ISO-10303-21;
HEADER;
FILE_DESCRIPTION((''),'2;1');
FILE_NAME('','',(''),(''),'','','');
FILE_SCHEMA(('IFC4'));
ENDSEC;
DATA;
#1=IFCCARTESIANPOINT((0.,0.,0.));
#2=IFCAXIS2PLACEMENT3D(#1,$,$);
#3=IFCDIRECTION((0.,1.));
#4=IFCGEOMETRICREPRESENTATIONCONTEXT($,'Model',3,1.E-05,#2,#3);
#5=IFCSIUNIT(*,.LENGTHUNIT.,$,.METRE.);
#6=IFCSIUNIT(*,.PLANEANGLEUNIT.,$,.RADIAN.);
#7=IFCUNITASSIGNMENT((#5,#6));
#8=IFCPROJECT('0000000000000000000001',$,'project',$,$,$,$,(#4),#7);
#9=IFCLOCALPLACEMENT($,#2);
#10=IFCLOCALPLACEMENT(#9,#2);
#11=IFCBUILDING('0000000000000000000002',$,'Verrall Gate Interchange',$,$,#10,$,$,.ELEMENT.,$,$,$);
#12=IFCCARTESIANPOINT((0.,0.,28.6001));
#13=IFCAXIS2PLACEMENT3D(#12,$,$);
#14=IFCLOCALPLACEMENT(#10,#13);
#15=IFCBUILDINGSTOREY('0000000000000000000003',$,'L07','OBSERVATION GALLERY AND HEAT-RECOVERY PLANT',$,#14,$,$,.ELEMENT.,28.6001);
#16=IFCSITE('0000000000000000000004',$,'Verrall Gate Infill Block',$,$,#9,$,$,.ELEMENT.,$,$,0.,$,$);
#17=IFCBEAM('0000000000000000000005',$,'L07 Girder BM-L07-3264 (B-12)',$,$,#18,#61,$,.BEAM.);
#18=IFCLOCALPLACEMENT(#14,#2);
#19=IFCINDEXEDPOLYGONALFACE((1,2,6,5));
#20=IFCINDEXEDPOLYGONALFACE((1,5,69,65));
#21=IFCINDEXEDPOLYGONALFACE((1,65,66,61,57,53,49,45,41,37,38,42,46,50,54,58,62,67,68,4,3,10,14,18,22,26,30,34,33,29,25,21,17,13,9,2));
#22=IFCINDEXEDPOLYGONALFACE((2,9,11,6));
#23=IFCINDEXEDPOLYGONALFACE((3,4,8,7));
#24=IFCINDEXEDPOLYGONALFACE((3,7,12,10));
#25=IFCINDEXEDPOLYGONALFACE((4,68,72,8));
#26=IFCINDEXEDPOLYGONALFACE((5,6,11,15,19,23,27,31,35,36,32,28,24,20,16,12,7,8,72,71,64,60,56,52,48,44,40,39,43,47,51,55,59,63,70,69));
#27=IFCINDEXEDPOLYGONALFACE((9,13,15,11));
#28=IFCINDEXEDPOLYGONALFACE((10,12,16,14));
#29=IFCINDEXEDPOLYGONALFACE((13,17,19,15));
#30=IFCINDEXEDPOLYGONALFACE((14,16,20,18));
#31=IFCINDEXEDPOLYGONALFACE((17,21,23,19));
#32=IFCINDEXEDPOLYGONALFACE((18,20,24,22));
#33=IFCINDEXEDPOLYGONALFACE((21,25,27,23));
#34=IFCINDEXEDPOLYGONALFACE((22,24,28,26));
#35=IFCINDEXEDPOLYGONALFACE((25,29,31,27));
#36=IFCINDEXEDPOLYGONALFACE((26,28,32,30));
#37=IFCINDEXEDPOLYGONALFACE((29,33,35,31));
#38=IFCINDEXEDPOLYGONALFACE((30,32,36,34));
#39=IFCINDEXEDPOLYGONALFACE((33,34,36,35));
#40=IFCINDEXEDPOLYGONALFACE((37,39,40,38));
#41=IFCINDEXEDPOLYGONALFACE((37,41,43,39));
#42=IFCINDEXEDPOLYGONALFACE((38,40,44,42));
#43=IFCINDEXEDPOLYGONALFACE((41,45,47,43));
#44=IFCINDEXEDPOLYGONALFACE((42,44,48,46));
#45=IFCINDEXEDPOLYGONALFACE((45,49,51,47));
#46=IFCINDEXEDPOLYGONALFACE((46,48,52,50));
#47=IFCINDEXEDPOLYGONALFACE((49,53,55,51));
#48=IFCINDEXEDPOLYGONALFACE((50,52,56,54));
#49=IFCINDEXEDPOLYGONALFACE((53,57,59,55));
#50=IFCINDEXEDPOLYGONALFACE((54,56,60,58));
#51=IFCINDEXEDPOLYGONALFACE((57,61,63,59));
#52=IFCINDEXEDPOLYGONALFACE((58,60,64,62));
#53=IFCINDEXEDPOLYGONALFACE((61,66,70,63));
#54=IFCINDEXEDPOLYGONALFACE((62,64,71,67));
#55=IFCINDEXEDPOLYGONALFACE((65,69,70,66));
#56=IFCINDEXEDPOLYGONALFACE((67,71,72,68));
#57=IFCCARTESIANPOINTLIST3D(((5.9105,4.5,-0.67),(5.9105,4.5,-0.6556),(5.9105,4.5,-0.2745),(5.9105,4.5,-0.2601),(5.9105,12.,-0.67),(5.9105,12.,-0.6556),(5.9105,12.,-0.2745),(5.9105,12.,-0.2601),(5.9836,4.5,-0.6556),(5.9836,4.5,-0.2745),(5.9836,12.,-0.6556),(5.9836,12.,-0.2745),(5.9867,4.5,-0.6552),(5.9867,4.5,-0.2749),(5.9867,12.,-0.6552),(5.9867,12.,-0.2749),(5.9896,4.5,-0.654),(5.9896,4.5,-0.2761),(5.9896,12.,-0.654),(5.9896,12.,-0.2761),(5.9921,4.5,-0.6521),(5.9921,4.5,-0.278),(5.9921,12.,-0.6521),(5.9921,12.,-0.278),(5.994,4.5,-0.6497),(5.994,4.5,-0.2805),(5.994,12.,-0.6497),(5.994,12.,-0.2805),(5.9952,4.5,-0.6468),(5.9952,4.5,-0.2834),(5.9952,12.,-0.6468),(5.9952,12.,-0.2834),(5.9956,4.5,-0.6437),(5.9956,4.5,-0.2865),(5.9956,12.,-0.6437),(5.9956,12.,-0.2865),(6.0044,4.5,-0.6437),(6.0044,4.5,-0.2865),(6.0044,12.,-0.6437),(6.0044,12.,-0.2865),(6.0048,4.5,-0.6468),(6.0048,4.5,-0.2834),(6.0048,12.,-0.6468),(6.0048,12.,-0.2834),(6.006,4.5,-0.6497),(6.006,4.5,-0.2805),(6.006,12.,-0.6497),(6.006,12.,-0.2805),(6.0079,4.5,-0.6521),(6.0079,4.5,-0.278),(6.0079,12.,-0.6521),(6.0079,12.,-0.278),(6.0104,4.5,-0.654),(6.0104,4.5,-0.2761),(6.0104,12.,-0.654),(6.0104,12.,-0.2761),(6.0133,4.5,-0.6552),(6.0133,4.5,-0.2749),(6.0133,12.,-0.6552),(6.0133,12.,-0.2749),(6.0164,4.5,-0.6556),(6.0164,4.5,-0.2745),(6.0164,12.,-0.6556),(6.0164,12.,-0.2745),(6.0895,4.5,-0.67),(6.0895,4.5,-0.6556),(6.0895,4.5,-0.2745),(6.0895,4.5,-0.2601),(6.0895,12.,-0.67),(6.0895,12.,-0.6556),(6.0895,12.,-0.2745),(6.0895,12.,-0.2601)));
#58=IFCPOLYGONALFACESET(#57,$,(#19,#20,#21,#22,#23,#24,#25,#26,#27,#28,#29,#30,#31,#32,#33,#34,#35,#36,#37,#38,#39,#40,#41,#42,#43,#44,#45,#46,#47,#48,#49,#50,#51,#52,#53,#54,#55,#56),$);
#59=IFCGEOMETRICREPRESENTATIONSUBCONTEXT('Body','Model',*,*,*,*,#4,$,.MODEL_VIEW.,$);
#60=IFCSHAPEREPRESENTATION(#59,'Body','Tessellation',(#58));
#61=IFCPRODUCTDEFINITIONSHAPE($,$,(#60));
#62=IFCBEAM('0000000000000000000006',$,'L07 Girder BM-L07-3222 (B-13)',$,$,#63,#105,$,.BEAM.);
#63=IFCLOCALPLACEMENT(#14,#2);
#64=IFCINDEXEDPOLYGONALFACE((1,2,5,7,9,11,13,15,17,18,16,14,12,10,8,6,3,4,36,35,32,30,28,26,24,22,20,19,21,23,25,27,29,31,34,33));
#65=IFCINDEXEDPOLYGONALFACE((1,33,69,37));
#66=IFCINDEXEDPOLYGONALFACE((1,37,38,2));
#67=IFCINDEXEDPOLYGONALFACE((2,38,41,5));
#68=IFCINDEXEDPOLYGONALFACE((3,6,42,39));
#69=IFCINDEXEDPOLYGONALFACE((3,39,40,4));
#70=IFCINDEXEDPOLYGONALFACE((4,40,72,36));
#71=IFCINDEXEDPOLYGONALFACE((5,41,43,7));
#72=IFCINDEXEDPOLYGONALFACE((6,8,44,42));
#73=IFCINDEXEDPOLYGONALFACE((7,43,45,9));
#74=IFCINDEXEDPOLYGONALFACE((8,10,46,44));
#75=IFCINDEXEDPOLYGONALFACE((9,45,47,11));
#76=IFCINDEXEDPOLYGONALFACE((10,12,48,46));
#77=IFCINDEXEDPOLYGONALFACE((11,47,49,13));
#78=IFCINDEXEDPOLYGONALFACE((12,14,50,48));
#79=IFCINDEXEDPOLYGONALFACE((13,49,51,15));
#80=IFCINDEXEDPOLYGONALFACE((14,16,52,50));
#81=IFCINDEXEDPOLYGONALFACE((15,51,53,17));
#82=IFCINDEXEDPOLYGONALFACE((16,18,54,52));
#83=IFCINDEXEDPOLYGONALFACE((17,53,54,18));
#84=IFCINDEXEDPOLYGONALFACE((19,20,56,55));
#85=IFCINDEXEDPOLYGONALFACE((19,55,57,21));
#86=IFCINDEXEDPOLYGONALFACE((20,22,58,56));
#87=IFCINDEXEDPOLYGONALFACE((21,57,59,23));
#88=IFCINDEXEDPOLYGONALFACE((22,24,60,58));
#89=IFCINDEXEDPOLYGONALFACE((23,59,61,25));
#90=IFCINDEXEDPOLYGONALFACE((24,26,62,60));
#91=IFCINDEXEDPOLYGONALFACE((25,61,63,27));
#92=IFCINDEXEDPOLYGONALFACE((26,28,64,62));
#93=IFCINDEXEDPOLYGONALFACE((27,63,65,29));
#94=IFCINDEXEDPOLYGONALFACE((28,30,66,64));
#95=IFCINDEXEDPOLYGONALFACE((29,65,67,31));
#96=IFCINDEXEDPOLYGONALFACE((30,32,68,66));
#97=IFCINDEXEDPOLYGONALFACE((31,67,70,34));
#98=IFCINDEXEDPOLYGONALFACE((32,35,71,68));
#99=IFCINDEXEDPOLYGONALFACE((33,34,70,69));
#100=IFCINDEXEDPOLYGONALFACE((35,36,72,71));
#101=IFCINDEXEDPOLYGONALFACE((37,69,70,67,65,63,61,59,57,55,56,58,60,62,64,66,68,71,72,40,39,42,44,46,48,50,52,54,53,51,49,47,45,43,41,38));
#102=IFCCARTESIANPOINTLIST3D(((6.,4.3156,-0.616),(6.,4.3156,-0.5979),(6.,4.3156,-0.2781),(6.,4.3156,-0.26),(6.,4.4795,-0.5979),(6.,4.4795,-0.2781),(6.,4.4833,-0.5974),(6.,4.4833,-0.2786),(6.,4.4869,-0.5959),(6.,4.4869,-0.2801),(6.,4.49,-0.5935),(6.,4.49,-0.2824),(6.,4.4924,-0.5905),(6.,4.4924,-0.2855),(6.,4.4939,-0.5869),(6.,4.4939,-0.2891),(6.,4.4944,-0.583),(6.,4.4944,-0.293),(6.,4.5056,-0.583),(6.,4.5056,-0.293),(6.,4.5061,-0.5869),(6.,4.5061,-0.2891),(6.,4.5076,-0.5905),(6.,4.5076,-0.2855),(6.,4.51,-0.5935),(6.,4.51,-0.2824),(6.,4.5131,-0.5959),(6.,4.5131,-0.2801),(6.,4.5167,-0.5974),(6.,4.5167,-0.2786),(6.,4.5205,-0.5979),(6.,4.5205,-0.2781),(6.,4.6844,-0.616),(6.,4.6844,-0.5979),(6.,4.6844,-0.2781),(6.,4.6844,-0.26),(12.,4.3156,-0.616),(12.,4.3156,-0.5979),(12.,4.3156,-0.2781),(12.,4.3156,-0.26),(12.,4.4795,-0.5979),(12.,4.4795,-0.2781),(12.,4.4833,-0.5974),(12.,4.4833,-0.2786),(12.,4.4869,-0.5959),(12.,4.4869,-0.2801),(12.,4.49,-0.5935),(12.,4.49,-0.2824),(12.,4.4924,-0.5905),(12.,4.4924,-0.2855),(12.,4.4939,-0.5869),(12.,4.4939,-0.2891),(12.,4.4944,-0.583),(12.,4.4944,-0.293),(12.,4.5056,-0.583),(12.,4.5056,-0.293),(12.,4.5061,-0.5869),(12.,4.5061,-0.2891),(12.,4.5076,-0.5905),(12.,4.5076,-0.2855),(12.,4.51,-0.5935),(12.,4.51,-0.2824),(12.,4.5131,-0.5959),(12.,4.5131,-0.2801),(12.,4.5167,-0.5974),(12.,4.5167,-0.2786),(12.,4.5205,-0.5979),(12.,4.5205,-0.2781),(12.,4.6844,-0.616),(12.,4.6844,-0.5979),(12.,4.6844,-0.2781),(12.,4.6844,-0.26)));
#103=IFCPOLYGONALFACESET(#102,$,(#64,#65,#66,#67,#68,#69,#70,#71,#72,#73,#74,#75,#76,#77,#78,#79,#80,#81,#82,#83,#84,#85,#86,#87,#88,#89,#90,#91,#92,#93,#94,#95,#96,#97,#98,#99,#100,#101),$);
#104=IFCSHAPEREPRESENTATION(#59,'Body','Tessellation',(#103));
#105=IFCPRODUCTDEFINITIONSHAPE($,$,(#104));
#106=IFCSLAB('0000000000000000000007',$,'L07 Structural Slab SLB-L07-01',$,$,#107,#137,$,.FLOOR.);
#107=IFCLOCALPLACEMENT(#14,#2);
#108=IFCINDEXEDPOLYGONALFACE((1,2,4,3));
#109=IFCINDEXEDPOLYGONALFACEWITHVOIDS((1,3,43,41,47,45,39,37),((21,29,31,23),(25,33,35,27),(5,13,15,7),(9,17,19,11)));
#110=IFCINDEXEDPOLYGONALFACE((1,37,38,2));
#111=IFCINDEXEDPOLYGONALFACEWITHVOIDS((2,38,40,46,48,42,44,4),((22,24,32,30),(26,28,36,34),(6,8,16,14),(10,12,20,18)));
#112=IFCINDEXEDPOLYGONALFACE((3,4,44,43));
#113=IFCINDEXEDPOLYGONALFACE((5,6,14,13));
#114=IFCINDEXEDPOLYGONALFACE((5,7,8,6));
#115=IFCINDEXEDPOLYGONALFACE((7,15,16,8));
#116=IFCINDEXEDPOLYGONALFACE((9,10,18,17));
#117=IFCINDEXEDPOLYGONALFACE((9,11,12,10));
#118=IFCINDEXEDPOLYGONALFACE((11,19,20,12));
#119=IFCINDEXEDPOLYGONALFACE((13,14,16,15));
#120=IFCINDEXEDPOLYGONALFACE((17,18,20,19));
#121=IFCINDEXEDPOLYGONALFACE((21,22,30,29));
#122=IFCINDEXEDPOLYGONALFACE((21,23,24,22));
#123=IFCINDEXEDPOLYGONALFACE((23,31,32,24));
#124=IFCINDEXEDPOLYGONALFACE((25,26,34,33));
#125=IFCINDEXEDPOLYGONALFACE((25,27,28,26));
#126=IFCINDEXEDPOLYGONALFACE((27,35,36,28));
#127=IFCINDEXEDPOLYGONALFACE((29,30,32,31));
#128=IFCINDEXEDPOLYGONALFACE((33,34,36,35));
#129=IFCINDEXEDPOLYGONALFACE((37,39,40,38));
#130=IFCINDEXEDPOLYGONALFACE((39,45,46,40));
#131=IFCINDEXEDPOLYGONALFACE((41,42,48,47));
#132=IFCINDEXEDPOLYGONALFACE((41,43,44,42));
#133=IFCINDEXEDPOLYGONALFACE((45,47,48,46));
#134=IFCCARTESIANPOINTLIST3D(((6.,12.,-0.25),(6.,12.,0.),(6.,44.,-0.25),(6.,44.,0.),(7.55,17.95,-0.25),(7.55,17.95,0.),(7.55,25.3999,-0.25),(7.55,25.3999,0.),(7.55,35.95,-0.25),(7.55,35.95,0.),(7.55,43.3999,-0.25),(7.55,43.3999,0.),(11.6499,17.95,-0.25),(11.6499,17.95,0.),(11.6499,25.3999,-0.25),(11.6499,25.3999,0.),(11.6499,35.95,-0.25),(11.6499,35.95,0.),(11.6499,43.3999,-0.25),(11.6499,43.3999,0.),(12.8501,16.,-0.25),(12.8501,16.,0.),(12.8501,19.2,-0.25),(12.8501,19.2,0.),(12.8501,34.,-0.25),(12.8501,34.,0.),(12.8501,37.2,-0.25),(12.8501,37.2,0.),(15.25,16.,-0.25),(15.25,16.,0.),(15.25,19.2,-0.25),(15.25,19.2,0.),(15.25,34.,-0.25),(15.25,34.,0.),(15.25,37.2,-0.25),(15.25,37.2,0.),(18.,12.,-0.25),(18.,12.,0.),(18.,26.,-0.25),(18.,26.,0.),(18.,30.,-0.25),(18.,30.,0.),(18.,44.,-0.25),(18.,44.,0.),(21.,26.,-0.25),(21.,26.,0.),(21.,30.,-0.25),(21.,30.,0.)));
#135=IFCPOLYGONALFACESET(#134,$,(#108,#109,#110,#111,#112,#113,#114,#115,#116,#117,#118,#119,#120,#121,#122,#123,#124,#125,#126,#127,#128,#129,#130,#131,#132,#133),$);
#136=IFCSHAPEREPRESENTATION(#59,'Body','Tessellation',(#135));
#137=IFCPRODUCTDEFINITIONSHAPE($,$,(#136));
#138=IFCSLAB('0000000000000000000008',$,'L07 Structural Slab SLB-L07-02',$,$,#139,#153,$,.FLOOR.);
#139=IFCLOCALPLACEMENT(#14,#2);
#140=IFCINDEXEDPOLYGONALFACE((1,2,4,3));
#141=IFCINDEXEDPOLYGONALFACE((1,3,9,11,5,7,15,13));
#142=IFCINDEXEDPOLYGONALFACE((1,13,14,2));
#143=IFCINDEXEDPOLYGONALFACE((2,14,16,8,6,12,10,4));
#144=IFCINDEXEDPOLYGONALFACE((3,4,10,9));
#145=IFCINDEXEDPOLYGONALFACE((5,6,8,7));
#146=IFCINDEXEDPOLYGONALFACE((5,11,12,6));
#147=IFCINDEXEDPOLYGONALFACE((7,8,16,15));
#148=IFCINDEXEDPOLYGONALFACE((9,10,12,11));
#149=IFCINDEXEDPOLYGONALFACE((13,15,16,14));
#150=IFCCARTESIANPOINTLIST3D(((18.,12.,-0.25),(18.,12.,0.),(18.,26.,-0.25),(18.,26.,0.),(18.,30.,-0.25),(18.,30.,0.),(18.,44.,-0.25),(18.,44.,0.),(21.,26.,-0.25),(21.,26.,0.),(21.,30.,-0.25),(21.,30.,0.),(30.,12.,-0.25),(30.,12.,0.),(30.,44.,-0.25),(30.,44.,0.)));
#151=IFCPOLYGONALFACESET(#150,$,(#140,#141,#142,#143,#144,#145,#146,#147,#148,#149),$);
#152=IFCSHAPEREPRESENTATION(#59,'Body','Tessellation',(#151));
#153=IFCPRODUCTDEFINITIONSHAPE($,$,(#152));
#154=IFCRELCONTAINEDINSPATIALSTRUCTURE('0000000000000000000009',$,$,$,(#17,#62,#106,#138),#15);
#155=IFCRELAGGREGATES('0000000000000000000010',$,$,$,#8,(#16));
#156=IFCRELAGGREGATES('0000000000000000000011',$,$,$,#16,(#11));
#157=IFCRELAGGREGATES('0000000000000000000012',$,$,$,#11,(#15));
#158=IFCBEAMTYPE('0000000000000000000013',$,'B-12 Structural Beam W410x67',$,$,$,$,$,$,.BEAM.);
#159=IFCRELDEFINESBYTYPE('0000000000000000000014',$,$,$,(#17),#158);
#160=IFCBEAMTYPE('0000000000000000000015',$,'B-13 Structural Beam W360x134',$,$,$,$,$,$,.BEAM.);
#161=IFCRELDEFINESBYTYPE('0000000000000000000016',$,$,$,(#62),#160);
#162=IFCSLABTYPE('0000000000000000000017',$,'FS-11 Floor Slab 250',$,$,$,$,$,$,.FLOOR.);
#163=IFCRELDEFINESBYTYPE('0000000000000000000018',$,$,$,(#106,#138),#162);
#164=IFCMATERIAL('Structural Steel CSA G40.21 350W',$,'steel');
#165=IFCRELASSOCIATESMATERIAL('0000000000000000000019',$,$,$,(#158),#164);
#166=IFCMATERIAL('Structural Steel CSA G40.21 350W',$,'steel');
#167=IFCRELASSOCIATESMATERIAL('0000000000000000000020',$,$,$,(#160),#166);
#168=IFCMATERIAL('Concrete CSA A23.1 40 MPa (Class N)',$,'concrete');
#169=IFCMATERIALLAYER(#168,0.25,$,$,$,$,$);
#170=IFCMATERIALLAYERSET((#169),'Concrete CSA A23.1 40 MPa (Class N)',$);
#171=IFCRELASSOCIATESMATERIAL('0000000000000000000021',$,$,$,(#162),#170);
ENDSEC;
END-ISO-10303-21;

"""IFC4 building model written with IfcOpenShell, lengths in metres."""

from ifc_helpers import new_model, si_unit, direction, frame, origin, origin_2d, place, context, subcontext, project, spatial, polyline, i_section, outline, extrude, material, layer, layer_set, material_profile, profile_set, type_object, element, save


model = new_model("IFC4")

# Units and contexts
model_context = context("Model", 3, precision=1e-05, world=origin(), true_north=direction((0.0, 1.0)))
body_context = subcontext(model_context, "Body", "Model", "MODEL_VIEW")
ifc_project = project(units=[si_unit("LENGTHUNIT", "METRE"), si_unit("PLANEANGLEUNIT", "RADIAN")], contexts=[model_context])

# Site, building, storey
site_placement = place(None, origin())
site = spatial("IfcSite", under=ifc_project, at=site_placement, Name="Verrall Gate Infill Block", CompositionType="ELEMENT", RefElevation=0.0)
building_placement = place(site_placement, origin())
building = spatial("IfcBuilding", under=site, at=building_placement, Name="Verrall Gate Interchange", CompositionType="ELEMENT")
storey_placement = place(building_placement, frame((0.0, 0.0, 28.6001)))
storey = spatial("IfcBuildingStorey", under=building, at=storey_placement, Name="L07", Description="OBSERVATION GALLERY AND HEAT-RECOVERY PLANT", CompositionType="ELEMENT", Elevation=28.6001)

# Beams
ifc_material_1 = material(Name="Structural Steel CSA G40.21 350W", Category="steel")
ifc_material_profile_1 = material_profile(ifc_material_1, i_section(OverallWidth=0.179, OverallDepth=0.4099, WebThickness=0.0088, FlangeThickness=0.0144, FilletRadius=0.012, at=origin_2d()), Name="W410x67")
ifc_profile_set_1 = profile_set([ifc_material_profile_1], Name="Structural Steel CSA G40.21 350W")
beam_type_1 = type_object("IfcBeamType", Name="B-12 Structural Beam W410x67", PredefinedType="BEAM", material=ifc_profile_set_1)
beam_1_placement = place(storey_placement, frame((6.0, 4.5, -0.4651), z_axis=(0.0, 1.0, 0.0), x_axis=(-1.0, 0.0, 0.0)))
element("IfcBeam", 1, at=beam_1_placement, inside=storey, type_object=beam_type_1, Name="L07 Girder BM-L07-3264 (B-12)", PredefinedType="BEAM", context=body_context, shape_type="SweptSolid", body=[
    extrude(i_section(OverallWidth=0.179, OverallDepth=0.4099, WebThickness=0.0088, FlangeThickness=0.0144, FilletRadius=0.012, at=origin_2d()), origin(), (0.0, 0.0, 1.0), 7.5),
])
ifc_material_2 = material(Name="Structural Steel CSA G40.21 350W", Category="steel")
ifc_material_profile_2 = material_profile(ifc_material_2, i_section(OverallWidth=0.3689, OverallDepth=0.356, WebThickness=0.0112, FlangeThickness=0.0181, FilletRadius=0.0149, at=origin_2d()), Name="W360x134")
ifc_profile_set_2 = profile_set([ifc_material_profile_2], Name="Structural Steel CSA G40.21 350W")
beam_type_2 = type_object("IfcBeamType", Name="B-13 Structural Beam W360x134", PredefinedType="BEAM", material=ifc_profile_set_2)
beam_2_placement = place(storey_placement, frame((6.0, 4.5, -0.438), z_axis=(1.0, 0.0, 0.0), x_axis=(0.0, 1.0, 0.0)))
element("IfcBeam", 2, at=beam_2_placement, inside=storey, type_object=beam_type_2, Name="L07 Girder BM-L07-3222 (B-13)", PredefinedType="BEAM", context=body_context, shape_type="SweptSolid", body=[
    extrude(i_section(OverallWidth=0.3689, OverallDepth=0.356, WebThickness=0.0112, FlangeThickness=0.0181, FilletRadius=0.0149, at=origin_2d()), origin(), (0.0, 0.0, 1.0), 6.0),
])

# Slabs
ifc_material_3 = material(Name="Concrete CSA A23.1 40 MPa (Class N)", Category="concrete")
ifc_layer_1 = layer(ifc_material_3, 0.25)
ifc_layer_set_1 = layer_set([ifc_layer_1], Name="Concrete CSA A23.1 40 MPa (Class N)")
slab_type_1 = type_object("IfcSlabType", Name="FS-11 Floor Slab 250", PredefinedType="FLOOR", material=ifc_layer_set_1)
slab_1_placement = place(storey_placement, frame((0.0, 0.0, -0.25)))
element("IfcSlab", 3, at=slab_1_placement, inside=storey, type_object=slab_type_1, Name="L07 Structural Slab SLB-L07-01", PredefinedType="FLOOR", context=body_context, shape_type="SweptSolid", body=[
    extrude(outline(polyline([(6.0, 12.0), (6.0, 44.0), (18.0, 44.0), (18.0, 30.0), (21.0, 30.0), (21.0, 26.0), (18.0, 26.0), (18.0, 12.0), (6.0, 12.0)]), holes=[polyline([(12.8501, 16.0), (15.25, 16.0), (15.25, 19.2), (12.8501, 19.2), (12.8501, 16.0)]), polyline([(12.8501, 34.0), (15.25, 34.0), (15.25, 37.2), (12.8501, 37.2), (12.8501, 34.0)]), polyline([(7.55, 17.95), (11.6499, 17.95), (11.6499, 25.3999), (7.55, 25.3999), (7.55, 17.95)]), polyline([(7.55, 35.95), (11.6499, 35.95), (11.6499, 43.3999), (7.55, 43.3999), (7.55, 35.95)])]), origin(), (0.0, 0.0, 1.0), 0.25),
])
slab_2_placement = place(storey_placement, frame((0.0, 0.0, -0.25)))
element("IfcSlab", 4, at=slab_2_placement, inside=storey, type_object=slab_type_1, Name="L07 Structural Slab SLB-L07-02", PredefinedType="FLOOR", context=body_context, shape_type="SweptSolid", body=[
    extrude(outline(polyline([(30.0, 12.0), (18.0, 12.0), (18.0, 26.0), (21.0, 26.0), (21.0, 30.0), (18.0, 30.0), (18.0, 44.0), (30.0, 44.0), (30.0, 12.0)])), origin(), (0.0, 0.0, 1.0), 0.25),
])

save(model, "model.ifc")
